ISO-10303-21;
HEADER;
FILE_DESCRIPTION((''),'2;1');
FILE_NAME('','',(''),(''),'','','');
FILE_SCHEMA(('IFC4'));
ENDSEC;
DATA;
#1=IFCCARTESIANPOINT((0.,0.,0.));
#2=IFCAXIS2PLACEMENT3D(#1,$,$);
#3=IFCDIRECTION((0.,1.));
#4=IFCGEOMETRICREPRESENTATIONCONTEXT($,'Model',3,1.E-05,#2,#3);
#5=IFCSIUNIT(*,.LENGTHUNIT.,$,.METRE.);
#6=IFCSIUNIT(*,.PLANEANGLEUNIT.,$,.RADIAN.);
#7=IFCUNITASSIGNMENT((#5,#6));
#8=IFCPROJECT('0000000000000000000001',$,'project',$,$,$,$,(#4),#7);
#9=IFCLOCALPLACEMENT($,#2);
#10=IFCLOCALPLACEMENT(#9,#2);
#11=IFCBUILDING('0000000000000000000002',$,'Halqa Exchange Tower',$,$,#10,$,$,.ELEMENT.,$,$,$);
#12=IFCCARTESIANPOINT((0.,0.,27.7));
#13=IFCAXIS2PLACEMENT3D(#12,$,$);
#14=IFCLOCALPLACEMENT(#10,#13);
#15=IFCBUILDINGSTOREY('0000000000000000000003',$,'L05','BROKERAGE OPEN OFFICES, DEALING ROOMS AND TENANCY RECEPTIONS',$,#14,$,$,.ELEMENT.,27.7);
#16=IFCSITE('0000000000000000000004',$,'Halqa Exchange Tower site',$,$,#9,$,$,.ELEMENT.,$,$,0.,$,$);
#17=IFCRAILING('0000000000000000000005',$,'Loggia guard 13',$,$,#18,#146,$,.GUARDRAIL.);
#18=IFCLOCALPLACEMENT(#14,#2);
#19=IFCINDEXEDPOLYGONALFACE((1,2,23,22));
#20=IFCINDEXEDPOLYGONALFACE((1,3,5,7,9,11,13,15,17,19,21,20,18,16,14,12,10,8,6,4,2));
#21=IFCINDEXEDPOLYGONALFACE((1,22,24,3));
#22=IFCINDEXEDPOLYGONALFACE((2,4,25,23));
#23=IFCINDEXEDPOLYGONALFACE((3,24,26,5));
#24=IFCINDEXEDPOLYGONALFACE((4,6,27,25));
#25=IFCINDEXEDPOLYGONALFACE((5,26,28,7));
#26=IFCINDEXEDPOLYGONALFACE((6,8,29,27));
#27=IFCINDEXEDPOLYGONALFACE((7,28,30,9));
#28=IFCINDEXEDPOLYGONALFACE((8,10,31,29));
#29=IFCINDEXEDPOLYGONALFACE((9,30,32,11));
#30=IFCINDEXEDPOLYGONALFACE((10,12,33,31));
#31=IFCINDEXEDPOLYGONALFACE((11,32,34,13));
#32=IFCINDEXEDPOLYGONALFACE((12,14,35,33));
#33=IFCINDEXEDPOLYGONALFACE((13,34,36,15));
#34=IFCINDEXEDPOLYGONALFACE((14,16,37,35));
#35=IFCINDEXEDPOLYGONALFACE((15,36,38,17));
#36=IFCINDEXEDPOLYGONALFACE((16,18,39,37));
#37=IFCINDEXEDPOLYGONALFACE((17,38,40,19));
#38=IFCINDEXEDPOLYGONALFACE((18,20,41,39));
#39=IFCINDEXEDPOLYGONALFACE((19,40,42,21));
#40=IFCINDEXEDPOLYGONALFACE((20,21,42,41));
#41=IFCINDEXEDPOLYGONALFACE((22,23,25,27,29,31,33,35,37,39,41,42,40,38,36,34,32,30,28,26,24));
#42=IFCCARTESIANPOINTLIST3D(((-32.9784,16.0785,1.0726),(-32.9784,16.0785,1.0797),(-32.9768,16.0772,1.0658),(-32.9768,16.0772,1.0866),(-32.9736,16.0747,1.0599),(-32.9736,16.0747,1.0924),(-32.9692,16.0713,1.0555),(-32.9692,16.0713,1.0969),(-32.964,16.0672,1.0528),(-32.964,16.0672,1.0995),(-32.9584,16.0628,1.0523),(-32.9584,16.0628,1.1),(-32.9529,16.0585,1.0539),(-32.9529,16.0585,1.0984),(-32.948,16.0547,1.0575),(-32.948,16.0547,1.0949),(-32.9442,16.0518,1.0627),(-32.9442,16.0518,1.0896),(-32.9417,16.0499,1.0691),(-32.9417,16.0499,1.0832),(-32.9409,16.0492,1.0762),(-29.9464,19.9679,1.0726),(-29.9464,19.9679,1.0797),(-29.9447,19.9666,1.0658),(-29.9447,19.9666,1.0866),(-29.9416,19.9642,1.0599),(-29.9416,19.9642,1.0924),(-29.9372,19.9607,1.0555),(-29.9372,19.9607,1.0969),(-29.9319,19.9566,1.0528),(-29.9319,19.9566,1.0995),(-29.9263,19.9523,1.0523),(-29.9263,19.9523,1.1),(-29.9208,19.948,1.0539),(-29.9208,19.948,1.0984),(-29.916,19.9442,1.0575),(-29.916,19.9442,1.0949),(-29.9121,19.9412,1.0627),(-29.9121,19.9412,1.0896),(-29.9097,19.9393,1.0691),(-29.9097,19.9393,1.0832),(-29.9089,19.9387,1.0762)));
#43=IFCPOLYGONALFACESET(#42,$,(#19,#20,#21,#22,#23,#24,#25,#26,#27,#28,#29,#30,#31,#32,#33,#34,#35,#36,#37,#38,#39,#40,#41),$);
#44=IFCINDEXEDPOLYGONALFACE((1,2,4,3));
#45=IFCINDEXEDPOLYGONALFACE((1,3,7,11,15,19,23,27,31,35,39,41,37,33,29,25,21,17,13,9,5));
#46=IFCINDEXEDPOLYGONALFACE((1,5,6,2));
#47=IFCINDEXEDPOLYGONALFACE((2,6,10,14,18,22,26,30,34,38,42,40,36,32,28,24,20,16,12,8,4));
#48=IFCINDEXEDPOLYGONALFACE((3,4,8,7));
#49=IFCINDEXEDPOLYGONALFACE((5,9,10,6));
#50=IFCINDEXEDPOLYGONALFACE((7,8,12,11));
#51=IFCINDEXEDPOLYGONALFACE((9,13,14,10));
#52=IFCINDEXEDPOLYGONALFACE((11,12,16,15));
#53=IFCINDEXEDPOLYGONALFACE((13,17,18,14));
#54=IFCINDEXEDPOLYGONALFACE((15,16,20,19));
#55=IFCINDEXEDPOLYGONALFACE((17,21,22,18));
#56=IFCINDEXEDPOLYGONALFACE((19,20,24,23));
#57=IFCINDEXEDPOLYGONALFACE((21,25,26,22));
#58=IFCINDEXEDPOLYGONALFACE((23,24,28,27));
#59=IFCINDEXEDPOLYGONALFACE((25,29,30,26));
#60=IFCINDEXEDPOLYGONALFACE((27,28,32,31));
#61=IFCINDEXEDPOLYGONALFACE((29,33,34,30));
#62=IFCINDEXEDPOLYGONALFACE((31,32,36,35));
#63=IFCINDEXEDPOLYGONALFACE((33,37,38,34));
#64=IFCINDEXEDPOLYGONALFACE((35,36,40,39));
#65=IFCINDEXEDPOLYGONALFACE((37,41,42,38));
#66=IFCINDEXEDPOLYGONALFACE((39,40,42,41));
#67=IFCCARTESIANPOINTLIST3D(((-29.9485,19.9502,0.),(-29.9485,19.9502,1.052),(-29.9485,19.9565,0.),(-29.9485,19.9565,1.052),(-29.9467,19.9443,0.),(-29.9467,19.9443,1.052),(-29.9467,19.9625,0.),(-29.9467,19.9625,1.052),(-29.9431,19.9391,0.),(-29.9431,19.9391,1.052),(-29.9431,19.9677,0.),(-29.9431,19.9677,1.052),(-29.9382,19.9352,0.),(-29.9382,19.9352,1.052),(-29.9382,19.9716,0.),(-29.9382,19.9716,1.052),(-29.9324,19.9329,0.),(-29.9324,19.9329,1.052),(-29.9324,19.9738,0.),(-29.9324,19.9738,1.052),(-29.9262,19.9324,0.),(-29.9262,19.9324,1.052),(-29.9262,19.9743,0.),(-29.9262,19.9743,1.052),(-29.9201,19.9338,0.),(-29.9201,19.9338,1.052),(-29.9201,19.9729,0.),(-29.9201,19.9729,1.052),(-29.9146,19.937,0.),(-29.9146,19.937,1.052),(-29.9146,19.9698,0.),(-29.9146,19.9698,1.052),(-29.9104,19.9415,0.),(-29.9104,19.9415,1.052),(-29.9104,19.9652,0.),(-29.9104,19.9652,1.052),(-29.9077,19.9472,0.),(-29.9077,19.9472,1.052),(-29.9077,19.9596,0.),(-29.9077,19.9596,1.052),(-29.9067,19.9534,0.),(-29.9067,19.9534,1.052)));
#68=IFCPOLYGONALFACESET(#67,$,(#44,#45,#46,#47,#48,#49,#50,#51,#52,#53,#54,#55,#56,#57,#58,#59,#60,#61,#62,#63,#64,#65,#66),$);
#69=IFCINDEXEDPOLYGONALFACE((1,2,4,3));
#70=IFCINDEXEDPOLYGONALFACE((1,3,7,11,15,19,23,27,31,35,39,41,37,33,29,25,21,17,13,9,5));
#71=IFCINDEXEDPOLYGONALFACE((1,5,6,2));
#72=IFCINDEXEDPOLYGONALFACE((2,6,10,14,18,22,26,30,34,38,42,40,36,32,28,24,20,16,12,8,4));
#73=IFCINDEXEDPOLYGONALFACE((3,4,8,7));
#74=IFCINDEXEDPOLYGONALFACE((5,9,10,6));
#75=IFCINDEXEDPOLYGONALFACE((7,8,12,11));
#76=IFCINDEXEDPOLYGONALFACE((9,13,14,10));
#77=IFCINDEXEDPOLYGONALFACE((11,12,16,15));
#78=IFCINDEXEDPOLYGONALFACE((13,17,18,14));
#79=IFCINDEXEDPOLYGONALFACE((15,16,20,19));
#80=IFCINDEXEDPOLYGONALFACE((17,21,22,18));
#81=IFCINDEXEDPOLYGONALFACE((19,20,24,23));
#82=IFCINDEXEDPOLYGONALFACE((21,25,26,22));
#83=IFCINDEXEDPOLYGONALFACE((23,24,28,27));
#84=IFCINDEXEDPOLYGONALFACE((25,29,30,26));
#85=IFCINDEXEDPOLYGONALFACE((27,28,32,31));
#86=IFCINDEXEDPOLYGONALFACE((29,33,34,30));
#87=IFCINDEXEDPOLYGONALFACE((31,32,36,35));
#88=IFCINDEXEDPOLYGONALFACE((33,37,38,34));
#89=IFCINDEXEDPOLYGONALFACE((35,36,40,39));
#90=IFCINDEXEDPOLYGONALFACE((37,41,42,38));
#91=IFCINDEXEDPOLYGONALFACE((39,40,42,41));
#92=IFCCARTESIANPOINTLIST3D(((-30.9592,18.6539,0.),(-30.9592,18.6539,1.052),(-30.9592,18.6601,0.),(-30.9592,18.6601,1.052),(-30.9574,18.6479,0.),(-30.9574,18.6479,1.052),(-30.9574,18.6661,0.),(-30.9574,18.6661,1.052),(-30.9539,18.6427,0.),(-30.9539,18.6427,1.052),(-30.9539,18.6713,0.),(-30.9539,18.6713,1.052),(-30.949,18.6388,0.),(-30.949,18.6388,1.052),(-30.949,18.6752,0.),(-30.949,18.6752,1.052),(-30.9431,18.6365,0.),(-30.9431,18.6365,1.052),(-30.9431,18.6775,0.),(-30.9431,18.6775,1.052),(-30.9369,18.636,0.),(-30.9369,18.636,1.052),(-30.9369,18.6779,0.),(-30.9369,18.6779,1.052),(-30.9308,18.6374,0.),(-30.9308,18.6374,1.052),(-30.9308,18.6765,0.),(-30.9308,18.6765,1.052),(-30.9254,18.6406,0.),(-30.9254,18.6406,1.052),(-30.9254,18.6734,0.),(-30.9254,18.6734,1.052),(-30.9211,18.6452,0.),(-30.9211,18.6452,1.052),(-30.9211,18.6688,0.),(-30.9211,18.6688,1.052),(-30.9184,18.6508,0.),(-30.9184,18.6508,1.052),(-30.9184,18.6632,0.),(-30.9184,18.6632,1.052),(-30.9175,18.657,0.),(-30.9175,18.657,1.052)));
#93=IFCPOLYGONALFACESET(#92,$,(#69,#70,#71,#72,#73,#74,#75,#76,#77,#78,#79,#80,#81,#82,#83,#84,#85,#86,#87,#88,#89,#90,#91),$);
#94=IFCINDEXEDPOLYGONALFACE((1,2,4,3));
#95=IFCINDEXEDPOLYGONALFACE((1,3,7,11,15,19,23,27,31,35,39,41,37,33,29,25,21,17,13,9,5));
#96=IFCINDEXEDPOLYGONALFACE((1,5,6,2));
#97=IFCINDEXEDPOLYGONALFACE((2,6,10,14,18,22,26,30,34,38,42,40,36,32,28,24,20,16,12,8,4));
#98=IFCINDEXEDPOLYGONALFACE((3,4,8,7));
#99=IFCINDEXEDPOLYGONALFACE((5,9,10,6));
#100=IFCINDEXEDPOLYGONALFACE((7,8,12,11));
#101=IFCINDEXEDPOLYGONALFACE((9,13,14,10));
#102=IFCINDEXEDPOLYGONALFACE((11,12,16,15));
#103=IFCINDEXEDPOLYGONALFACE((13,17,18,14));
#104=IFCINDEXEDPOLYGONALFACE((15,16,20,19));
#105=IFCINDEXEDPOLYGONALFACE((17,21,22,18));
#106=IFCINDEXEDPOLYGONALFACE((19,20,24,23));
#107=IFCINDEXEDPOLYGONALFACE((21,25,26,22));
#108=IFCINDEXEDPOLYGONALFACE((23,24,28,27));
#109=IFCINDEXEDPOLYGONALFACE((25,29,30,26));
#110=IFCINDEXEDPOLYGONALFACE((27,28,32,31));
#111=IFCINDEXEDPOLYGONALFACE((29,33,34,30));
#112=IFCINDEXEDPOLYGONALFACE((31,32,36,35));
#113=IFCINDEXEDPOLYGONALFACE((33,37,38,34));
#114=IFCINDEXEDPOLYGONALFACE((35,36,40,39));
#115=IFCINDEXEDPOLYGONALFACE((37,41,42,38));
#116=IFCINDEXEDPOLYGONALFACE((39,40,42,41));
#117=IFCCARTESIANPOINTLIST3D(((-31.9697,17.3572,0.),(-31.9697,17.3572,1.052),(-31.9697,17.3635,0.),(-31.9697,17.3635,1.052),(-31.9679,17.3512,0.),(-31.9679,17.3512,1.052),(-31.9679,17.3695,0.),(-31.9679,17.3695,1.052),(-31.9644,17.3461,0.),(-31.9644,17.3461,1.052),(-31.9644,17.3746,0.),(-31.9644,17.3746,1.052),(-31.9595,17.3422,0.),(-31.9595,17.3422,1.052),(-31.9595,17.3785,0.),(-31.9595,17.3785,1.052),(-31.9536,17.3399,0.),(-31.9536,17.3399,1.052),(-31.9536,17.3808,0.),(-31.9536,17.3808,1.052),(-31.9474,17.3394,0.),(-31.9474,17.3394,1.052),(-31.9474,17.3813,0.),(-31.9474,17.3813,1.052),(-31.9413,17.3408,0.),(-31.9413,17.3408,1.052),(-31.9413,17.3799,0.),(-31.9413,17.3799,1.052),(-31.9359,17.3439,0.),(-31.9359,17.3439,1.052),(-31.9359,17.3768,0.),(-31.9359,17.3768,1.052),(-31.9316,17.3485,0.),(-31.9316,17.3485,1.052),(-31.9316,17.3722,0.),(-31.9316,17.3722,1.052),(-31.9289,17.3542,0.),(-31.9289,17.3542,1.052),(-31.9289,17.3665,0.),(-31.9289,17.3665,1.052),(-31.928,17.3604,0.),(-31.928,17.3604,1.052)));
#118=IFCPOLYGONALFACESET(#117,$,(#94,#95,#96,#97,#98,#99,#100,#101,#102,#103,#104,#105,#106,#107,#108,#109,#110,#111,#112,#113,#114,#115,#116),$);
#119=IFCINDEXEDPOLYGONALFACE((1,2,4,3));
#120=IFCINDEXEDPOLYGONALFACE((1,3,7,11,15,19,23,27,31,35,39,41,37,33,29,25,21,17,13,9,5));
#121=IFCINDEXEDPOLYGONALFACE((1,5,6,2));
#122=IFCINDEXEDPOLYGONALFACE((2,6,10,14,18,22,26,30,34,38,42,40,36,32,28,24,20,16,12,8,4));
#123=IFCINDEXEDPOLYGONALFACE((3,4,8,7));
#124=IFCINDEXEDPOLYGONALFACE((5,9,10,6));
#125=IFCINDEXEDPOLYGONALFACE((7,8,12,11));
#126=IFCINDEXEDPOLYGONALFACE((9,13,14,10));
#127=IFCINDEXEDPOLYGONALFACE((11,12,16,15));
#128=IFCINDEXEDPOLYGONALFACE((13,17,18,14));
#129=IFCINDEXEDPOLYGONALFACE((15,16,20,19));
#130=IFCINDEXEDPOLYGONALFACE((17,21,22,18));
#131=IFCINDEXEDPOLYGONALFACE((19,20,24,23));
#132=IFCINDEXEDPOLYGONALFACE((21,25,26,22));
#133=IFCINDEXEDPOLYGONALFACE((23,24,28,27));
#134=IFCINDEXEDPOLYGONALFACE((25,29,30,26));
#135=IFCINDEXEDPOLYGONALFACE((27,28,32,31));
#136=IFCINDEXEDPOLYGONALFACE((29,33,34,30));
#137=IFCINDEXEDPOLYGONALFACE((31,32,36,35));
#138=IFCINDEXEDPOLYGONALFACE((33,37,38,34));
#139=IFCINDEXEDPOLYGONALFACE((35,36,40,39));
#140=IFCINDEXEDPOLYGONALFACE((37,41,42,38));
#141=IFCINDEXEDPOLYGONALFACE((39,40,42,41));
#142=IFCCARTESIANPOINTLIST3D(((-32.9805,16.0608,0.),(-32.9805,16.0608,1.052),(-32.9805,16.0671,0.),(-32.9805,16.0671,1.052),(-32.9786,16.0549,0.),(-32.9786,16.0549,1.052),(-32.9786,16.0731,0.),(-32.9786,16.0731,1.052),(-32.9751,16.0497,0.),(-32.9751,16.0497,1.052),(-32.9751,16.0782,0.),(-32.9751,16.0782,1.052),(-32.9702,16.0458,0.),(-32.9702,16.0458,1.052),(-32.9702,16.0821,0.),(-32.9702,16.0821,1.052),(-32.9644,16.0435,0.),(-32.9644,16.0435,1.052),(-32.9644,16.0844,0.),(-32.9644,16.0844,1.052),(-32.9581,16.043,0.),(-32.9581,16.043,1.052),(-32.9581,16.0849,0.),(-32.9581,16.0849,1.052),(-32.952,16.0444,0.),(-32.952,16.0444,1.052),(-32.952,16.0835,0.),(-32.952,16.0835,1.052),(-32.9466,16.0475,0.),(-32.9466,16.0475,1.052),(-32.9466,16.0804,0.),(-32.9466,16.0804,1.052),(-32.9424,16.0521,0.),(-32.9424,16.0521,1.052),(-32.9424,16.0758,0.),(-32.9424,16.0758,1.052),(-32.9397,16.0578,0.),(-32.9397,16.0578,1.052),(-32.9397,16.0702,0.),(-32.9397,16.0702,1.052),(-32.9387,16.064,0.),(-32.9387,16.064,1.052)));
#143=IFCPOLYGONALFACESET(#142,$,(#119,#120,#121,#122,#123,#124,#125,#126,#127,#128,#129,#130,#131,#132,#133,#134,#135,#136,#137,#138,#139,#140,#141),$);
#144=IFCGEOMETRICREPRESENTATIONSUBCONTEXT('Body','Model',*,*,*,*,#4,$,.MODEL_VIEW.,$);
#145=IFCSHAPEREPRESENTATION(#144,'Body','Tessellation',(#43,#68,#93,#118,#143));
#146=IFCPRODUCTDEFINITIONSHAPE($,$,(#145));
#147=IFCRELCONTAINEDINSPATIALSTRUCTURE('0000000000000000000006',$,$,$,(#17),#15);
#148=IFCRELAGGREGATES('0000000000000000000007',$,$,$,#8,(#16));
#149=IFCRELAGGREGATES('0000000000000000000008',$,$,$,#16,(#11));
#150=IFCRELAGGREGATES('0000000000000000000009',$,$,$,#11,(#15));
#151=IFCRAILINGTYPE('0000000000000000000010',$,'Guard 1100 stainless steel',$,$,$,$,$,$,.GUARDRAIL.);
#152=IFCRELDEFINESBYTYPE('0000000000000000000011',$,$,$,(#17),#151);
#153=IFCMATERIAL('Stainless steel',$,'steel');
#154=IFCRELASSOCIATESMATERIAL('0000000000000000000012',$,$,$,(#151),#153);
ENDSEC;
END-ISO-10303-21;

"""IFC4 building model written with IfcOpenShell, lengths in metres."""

from ifc_helpers import new_model, si_unit, direction, frame, origin, origin_2d, place, context, subcontext, project, spatial, circle, extrude, material, type_object, element, save


model = new_model("IFC4")

# Units and contexts
model_context = context("Model", 3, precision=1e-05, world=origin(), true_north=direction((0.0, 1.0)))
body_context = subcontext(model_context, "Body", "Model", "MODEL_VIEW")
ifc_project = project(units=[si_unit("LENGTHUNIT", "METRE"), si_unit("PLANEANGLEUNIT", "RADIAN")], contexts=[model_context])

# Site, building, storey
site_placement = place(None, origin())
site = spatial("IfcSite", under=ifc_project, at=site_placement, Name="Halqa Exchange Tower site", CompositionType="ELEMENT", RefElevation=0.0)
building_placement = place(site_placement, origin())
building = spatial("IfcBuilding", under=site, at=building_placement, Name="Halqa Exchange Tower", CompositionType="ELEMENT")
storey_placement = place(building_placement, frame((0.0, 0.0, 27.7)))
storey = spatial("IfcBuildingStorey", under=building, at=storey_placement, Name="L05", Description="BROKERAGE OPEN OFFICES, DEALING ROOMS AND TENANCY RECEPTIONS", CompositionType="ELEMENT", Elevation=27.7)

# Railing
ifc_material_1 = material(Name="Stainless steel", Category="steel")
railing_type = type_object("IfcRailingType", Name="Guard 1100 stainless steel", PredefinedType="GUARDRAIL", material=ifc_material_1)
railing_1_placement = place(storey_placement, frame((-29.9277, 19.9534, 0.0)))
element("IfcRailing", 1, at=railing_1_placement, inside=storey, type_object=railing_type, Name="Loggia guard 13", PredefinedType="GUARDRAIL", context=body_context, shape_type="SweptSolid", body=[
    extrude(circle(Radius=0.0239, at=origin_2d()), frame((0.0, 0.0, 1.0762), z_axis=(-0.614811, -0.788675, 0.0), x_axis=(0.788675, -0.614811, 0.0)), (0.0, 0.0, 1.0), 4.9316),
    extrude(circle(Radius=0.021, at=origin_2d()), origin(), (0.0, 0.0, 1.0), 1.052),
    extrude(circle(Radius=0.021, at=origin_2d()), frame((-1.0107, -1.2964, 0.0)), (0.0, 0.0, 1.0), 1.052),
    extrude(circle(Radius=0.021, at=origin_2d()), frame((-2.0212, -2.593, 0.0)), (0.0, 0.0, 1.0), 1.052),
    extrude(circle(Radius=0.021, at=origin_2d()), frame((-3.032, -3.8894, 0.0)), (0.0, 0.0, 1.0), 1.052),
])

save(model, "model.ifc")
